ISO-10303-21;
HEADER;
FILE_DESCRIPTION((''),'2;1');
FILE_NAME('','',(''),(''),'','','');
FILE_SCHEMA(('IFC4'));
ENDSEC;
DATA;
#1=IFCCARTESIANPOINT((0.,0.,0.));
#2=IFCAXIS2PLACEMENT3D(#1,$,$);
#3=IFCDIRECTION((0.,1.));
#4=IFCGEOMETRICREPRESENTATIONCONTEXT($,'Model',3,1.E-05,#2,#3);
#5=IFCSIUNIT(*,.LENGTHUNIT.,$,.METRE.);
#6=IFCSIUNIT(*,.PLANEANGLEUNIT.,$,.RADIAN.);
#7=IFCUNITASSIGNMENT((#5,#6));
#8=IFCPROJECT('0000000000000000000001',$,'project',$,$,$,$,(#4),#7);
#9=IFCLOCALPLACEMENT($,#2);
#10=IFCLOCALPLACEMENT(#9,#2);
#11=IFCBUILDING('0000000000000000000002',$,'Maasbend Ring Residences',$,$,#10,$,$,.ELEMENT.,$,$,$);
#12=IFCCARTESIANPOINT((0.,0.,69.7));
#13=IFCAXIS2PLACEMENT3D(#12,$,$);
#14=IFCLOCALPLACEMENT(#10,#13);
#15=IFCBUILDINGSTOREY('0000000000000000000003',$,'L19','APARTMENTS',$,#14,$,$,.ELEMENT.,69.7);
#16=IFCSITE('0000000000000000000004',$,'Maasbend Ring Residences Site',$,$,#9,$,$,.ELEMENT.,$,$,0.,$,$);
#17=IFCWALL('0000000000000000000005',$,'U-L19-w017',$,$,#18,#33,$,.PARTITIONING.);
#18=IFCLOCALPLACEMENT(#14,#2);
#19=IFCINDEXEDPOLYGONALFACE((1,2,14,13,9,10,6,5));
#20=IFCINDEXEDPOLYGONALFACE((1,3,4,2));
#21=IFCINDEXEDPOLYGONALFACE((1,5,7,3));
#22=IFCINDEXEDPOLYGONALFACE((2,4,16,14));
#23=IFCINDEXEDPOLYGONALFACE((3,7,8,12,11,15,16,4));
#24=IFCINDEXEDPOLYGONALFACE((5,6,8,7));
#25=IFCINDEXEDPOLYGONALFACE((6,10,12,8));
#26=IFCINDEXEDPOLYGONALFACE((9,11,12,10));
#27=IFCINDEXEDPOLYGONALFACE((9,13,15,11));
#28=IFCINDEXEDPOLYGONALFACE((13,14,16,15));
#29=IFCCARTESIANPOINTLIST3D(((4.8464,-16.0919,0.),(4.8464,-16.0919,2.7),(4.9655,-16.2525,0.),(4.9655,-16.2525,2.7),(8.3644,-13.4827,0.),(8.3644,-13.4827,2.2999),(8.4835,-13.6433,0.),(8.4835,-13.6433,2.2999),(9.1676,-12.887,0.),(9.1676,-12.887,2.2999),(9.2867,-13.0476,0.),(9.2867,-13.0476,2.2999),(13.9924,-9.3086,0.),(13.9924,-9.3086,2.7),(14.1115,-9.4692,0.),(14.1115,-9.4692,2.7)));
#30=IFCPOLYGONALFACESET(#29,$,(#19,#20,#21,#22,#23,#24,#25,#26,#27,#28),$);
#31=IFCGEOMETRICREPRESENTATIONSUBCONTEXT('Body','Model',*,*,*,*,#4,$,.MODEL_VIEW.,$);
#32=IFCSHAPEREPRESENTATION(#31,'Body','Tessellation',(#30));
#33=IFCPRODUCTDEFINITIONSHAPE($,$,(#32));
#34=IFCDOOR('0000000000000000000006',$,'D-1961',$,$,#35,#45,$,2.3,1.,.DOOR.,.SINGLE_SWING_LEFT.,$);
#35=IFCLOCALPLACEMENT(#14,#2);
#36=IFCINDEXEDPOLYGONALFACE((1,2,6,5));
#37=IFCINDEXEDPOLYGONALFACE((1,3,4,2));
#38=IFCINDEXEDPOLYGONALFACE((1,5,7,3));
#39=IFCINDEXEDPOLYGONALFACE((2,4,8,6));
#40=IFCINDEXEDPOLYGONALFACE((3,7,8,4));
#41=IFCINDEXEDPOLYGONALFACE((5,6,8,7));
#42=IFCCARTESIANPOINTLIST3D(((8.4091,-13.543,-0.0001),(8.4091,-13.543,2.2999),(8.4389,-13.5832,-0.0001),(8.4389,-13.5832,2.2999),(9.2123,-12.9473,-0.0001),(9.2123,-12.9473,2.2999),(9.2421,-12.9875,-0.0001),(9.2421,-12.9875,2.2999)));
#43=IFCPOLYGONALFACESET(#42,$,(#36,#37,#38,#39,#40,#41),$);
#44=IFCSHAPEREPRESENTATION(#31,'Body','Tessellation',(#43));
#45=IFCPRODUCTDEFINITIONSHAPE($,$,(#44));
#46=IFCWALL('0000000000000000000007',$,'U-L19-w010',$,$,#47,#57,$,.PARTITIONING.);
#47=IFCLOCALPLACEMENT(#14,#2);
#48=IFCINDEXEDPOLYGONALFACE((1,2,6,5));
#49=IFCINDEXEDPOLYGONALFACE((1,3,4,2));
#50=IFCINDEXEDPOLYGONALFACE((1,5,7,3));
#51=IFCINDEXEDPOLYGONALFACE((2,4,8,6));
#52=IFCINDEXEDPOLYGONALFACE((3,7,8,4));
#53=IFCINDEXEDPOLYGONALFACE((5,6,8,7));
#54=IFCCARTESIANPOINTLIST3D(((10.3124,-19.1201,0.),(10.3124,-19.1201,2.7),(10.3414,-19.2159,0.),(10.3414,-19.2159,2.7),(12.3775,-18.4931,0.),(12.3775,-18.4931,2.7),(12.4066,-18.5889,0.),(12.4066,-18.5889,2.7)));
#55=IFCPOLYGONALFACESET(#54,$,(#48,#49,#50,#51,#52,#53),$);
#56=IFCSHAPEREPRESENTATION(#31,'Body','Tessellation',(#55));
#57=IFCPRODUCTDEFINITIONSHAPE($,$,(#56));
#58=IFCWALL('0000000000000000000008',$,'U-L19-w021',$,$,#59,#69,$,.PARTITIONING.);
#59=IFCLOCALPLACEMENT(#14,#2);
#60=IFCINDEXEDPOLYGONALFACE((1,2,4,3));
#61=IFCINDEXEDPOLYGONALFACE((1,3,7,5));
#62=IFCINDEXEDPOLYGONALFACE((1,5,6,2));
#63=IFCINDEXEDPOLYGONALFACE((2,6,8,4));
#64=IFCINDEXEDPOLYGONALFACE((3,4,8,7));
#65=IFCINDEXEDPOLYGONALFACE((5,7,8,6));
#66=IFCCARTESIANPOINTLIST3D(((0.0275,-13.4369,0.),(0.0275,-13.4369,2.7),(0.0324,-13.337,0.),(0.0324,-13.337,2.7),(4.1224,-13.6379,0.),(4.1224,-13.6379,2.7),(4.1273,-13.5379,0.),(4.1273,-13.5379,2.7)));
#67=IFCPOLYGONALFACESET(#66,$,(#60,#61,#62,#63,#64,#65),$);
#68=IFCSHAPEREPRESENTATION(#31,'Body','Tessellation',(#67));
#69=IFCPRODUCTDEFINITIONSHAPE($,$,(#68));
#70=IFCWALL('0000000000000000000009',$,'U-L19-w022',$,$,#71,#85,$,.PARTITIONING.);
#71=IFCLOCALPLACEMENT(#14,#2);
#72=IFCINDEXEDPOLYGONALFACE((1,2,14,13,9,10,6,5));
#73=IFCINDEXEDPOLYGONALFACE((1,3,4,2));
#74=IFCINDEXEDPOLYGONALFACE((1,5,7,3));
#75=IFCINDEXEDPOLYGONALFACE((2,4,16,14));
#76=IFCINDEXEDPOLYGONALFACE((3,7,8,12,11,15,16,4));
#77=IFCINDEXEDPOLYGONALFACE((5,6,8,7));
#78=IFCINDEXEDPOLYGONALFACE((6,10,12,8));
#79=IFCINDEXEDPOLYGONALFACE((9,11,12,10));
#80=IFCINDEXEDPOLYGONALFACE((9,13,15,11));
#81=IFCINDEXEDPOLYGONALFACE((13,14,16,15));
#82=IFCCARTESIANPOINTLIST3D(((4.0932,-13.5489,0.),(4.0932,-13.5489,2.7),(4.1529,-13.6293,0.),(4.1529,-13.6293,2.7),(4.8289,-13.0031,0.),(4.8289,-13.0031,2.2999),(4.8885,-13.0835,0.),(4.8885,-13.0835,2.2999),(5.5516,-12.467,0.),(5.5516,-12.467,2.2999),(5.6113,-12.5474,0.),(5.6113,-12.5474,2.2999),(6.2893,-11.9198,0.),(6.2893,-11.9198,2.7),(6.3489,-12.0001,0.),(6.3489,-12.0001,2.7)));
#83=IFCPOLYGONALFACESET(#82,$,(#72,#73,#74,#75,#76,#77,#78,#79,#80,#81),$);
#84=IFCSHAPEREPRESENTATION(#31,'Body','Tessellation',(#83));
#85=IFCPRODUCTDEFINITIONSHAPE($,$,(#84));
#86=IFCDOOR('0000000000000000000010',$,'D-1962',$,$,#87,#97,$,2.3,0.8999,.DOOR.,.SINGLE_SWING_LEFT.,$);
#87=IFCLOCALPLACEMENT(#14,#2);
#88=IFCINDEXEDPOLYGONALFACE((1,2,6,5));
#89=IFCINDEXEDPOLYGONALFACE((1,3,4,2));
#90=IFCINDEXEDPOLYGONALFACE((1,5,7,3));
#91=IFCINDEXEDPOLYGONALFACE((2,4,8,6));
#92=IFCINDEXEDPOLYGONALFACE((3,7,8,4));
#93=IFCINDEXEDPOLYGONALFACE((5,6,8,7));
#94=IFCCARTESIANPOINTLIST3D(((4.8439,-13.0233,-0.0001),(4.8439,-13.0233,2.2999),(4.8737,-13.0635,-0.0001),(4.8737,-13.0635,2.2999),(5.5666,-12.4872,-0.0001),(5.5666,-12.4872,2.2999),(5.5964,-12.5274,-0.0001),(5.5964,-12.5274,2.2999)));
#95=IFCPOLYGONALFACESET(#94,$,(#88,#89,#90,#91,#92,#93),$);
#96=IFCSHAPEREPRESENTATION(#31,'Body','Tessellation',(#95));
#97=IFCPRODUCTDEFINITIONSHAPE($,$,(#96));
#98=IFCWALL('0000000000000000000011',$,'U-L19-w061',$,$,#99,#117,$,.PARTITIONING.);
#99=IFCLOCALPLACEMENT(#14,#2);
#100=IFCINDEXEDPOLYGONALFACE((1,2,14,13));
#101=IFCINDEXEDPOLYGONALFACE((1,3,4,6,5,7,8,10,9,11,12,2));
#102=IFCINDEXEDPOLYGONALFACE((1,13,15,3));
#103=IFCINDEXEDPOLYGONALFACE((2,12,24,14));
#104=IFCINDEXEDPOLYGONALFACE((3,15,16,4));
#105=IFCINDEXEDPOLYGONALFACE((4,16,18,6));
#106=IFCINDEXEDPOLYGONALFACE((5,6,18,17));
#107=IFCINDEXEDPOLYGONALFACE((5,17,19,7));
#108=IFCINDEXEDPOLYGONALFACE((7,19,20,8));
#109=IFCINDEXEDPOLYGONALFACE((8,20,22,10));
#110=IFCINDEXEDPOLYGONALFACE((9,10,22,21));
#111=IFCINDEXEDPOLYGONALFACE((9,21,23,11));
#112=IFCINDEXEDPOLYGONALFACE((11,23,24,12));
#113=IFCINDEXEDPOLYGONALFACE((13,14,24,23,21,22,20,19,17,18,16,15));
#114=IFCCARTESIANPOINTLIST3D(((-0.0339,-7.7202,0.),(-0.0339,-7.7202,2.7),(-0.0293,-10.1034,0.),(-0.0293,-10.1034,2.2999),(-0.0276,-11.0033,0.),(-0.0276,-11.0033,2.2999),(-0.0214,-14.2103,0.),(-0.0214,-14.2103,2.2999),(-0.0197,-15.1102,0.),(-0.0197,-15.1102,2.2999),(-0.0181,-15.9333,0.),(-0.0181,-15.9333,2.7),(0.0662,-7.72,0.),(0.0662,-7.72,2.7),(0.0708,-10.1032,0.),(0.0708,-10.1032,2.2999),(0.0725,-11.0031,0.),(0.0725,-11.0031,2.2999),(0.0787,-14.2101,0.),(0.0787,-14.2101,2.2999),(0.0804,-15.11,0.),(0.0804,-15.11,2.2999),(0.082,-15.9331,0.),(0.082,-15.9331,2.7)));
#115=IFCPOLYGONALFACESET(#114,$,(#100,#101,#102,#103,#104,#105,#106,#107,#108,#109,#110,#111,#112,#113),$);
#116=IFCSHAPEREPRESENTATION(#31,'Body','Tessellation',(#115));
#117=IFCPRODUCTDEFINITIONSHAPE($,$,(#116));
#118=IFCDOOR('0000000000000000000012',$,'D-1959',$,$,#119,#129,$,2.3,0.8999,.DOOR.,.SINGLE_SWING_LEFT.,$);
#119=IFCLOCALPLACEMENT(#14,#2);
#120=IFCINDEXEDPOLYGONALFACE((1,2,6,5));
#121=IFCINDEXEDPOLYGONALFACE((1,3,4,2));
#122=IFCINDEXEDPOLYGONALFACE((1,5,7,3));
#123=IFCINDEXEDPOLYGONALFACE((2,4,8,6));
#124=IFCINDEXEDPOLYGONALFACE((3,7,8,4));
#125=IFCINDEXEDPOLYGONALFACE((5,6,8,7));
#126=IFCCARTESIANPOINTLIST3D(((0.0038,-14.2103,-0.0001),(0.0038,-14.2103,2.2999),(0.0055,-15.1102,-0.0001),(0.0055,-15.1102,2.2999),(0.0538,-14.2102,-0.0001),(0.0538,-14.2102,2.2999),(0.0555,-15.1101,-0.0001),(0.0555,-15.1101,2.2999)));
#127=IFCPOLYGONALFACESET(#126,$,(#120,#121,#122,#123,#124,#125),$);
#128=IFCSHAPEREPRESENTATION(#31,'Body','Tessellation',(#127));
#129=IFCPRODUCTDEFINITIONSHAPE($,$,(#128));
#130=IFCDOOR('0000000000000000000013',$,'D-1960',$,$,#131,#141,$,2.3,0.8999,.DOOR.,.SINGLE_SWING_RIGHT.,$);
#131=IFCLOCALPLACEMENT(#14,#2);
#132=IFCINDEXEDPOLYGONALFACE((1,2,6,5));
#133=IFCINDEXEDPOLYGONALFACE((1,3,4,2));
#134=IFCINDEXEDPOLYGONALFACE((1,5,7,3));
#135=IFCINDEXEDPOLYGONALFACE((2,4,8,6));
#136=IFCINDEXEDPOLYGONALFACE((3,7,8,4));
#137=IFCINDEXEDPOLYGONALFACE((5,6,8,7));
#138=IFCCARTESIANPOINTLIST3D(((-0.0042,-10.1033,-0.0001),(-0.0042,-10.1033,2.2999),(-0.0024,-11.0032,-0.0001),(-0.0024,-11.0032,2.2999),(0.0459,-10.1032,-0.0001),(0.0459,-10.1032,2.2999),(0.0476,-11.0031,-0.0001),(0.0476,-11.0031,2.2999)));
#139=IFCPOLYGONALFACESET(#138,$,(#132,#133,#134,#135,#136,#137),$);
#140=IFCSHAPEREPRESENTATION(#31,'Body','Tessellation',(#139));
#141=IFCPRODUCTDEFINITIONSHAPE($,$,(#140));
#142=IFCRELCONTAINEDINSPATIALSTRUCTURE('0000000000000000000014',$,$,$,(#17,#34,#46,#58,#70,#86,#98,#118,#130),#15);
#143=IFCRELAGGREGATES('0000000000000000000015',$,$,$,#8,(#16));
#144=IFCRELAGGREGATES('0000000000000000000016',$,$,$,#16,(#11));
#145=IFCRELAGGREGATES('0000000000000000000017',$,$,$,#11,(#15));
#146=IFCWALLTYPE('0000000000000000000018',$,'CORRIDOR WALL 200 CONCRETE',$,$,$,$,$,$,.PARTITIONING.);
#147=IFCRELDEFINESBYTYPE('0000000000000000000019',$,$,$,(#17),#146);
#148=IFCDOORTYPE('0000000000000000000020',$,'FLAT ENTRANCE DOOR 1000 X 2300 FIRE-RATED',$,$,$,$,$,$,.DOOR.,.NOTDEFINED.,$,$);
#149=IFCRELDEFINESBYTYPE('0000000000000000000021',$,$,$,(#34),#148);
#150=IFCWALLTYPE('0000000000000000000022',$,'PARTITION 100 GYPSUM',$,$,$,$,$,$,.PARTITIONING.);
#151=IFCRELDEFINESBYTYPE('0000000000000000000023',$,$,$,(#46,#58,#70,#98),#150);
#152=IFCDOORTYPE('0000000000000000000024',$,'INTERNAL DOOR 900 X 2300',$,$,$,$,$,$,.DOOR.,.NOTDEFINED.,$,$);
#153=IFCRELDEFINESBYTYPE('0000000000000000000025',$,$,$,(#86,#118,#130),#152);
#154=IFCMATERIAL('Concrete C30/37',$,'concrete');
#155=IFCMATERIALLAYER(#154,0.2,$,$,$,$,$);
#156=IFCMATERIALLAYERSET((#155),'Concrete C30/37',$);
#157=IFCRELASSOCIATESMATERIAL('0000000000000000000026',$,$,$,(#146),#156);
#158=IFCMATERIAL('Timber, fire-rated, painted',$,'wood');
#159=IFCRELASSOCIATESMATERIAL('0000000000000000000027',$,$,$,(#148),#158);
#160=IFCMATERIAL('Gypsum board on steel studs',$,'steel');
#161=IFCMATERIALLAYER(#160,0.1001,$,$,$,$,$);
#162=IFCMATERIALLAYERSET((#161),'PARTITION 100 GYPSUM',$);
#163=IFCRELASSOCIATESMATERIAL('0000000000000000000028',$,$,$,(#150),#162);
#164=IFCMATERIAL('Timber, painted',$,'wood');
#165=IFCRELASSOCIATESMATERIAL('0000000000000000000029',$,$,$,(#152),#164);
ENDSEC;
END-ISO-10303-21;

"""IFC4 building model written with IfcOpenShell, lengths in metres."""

from ifc_helpers import new_model, si_unit, direction, frame, frame_2d, origin, place, context, subcontext, project, spatial, rectangle, extrude, material, layer, layer_set, type_object, element, fill, save


model = new_model("IFC4")

# Units and contexts
model_context = context("Model", 3, precision=1e-05, world=origin(), true_north=direction((0.0, 1.0)))
body_context = subcontext(model_context, "Body", "Model", "MODEL_VIEW")
ifc_project = project(units=[si_unit("LENGTHUNIT", "METRE"), si_unit("PLANEANGLEUNIT", "RADIAN")], contexts=[model_context])

# Site, building, storey
site_placement = place(None, origin())
site = spatial("IfcSite", under=ifc_project, at=site_placement, Name="Maasbend Ring Residences Site", CompositionType="ELEMENT", RefElevation=0.0)
building_placement = place(site_placement, origin())
building = spatial("IfcBuilding", under=site, at=building_placement, Name="Maasbend Ring Residences", CompositionType="ELEMENT")
storey_placement = place(building_placement, frame((0.0, 0.0, 69.7)))
storey = spatial("IfcBuildingStorey", under=building, at=storey_placement, Name="L19", Description="APARTMENTS", CompositionType="ELEMENT", Elevation=69.7)

# Wall, opening, door
ifc_material_1 = material(Name="Concrete C30/37", Category="concrete")
ifc_layer_1 = layer(ifc_material_1, 0.2)
ifc_layer_set_1 = layer_set([ifc_layer_1], Name="Concrete C30/37")
wall_type_1 = type_object("IfcWallType", Name="CORRIDOR WALL 200 CONCRETE", PredefinedType="PARTITIONING", material=ifc_layer_set_1)
ifc_material_2 = material(Name="Timber, fire-rated, painted", Category="wood")
door_type_1 = type_object("IfcDoorType", Name="FLAT ENTRANCE DOOR 1000 X 2300 FIRE-RATED", OperationType="NOTDEFINED", PredefinedType="DOOR", material=ifc_material_2)
wall_1_placement = place(storey_placement, frame((4.906, -16.1721, 0.0), z_axis=(0.0, 0.0, 1.0), x_axis=(0.803205, 0.595703, 0.0)))
wall_1 = element("IfcWall", 1, at=wall_1_placement, inside=storey, type_object=wall_type_1, Name="U-L19-w017", PredefinedType="PARTITIONING", context=body_context, shape_type="SweptSolid", body=[
    extrude(rectangle(XDim=11.387, YDim=0.2, at=frame_2d((5.6934, 0.0))), origin(), (0.0, 0.0, 1.0), 2.7),
])
opening_1_placement = place(wall_1_placement, frame((4.3799, 0.0, 0.0)))
opening_1 = element("IfcOpeningElement", 2, at=opening_1_placement, cuts=wall_1, PredefinedType="OPENING", context=body_context, shape_type="SweptSolid", body=[
    extrude(rectangle(XDim=1.0, YDim=2.3, at=frame_2d((0.5, 1.1499))), frame((0.0, 0.1099, 0.0), z_axis=(0.0, -1.0, 0.0), x_axis=(1.0, 0.0, 0.0)), (0.0, 0.0, 1.0), 0.22),
])
door_1_placement = place(opening_1_placement, origin())
door_1 = element("IfcDoor", 3, at=door_1_placement, inside=storey, type_object=door_type_1, Name="D-1961", OperationType="SINGLE_SWING_LEFT", OverallHeight=2.3, OverallWidth=1.0, PredefinedType="DOOR", context=body_context, shape_type="SweptSolid", body=[
    extrude(rectangle(XDim=1.0, YDim=2.3, at=frame_2d((0.5, 1.1499))), frame((0.0, 0.0249, 0.0), z_axis=(0.0, -1.0, 0.0), x_axis=(1.0, 0.0, 0.0)), (0.0, 0.0, 1.0), 0.05),
])
fill(opening_1, door_1)

# Walls
ifc_material_3 = material(Name="Gypsum board on steel studs", Category="steel")
ifc_layer_2 = layer(ifc_material_3, 0.1001)
ifc_layer_set_2 = layer_set([ifc_layer_2], Name="PARTITION 100 GYPSUM")
wall_type_2 = type_object("IfcWallType", Name="PARTITION 100 GYPSUM", PredefinedType="PARTITIONING", material=ifc_layer_set_2)
wall_2_placement = place(storey_placement, frame((10.3269, -19.168, 0.0), z_axis=(0.0, 0.0, 1.0), x_axis=(0.956878, 0.290491, 0.0)))
element("IfcWall", 4, at=wall_2_placement, inside=storey, type_object=wall_type_2, Name="U-L19-w010", PredefinedType="PARTITIONING", context=body_context, shape_type="SweptSolid", body=[
    extrude(rectangle(XDim=2.1582, YDim=0.1001, at=frame_2d((1.0791, 0.0))), origin(), (0.0, 0.0, 1.0), 2.7),
])
wall_3_placement = place(storey_placement, frame((0.03, -13.387, 0.0), z_axis=(0.0, 0.0, 1.0), x_axis=(0.998798, -0.049008, 0.0)))
element("IfcWall", 5, at=wall_3_placement, inside=storey, type_object=wall_type_2, Name="U-L19-w021", PredefinedType="PARTITIONING", context=body_context, shape_type="SweptSolid", body=[
    extrude(rectangle(XDim=4.0999, YDim=0.1001, at=frame_2d((2.0498, 0.0))), origin(), (0.0, 0.0, 1.0), 2.7),
])

# Wall, opening, door
wall_4_placement = place(storey_placement, frame((4.123, -13.5891, 0.0), z_axis=(0.0, 0.0, 1.0), x_axis=(0.803128, 0.595806, 0.0)))
wall_4 = element("IfcWall", 6, at=wall_4_placement, inside=storey, type_object=wall_type_2, Name="U-L19-w022", PredefinedType="PARTITIONING", context=body_context, shape_type="SweptSolid", body=[
    extrude(rectangle(XDim=2.7344, YDim=0.1001, at=frame_2d((1.3672, 0.0))), origin(), (0.0, 0.0, 1.0), 2.7),
])
opening_2_placement = place(wall_4_placement, frame((0.916, 0.0, 0.0)))
opening_2 = element("IfcOpeningElement", 7, at=opening_2_placement, cuts=wall_4, PredefinedType="OPENING", context=body_context, shape_type="SweptSolid", body=[
    extrude(rectangle(XDim=0.8999, YDim=2.3, at=frame_2d((0.45, 1.1499))), frame((0.0, 0.0601, 0.0), z_axis=(0.0, -1.0, 0.0), x_axis=(1.0, 0.0, 0.0)), (0.0, 0.0, 1.0), 0.1201),
])
ifc_material_4 = material(Name="Timber, painted", Category="wood")
door_type_2 = type_object("IfcDoorType", Name="INTERNAL DOOR 900 X 2300", OperationType="NOTDEFINED", PredefinedType="DOOR", material=ifc_material_4)
door_2_placement = place(opening_2_placement, origin())
door_2 = element("IfcDoor", 8, at=door_2_placement, inside=storey, type_object=door_type_2, Name="D-1962", OperationType="SINGLE_SWING_LEFT", OverallHeight=2.3, OverallWidth=0.8999, PredefinedType="DOOR", context=body_context, shape_type="SweptSolid", body=[
    extrude(rectangle(XDim=0.8999, YDim=2.3, at=frame_2d((0.45, 1.1499))), frame((0.0, 0.0249, 0.0), z_axis=(0.0, -1.0, 0.0), x_axis=(1.0, 0.0, 0.0)), (0.0, 0.0, 1.0), 0.05),
])
fill(opening_2, door_2)

# Wall, openings, doors
wall_5_placement = place(storey_placement, frame((0.032, -15.9331, 0.0), z_axis=(0.0, 0.0, 1.0), x_axis=(-0.001932, 0.999998, 0.0)))
wall_5 = element("IfcWall", 9, at=wall_5_placement, inside=storey, type_object=wall_type_2, Name="U-L19-w061", PredefinedType="PARTITIONING", context=body_context, shape_type="SweptSolid", body=[
    extrude(rectangle(XDim=8.2131, YDim=0.1001, at=frame_2d((4.1064, 0.0))), origin(), (0.0, 0.0, 1.0), 2.7),
])
opening_3_placement = place(wall_5_placement, frame((0.823, 0.0, 0.0)))
opening_3 = element("IfcOpeningElement", 10, at=opening_3_placement, cuts=wall_5, PredefinedType="OPENING", context=body_context, shape_type="SweptSolid", body=[
    extrude(rectangle(XDim=0.8999, YDim=2.3, at=frame_2d((0.45, 1.1499))), frame((0.0, 0.0601, 0.0), z_axis=(0.0, -1.0, 0.0), x_axis=(1.0, 0.0, 0.0)), (0.0, 0.0, 1.0), 0.1201),
])
opening_4_placement = place(wall_5_placement, frame((4.9299, 0.0, 0.0)))
opening_4 = element("IfcOpeningElement", 11, at=opening_4_placement, cuts=wall_5, PredefinedType="OPENING", context=body_context, shape_type="SweptSolid", body=[
    extrude(rectangle(XDim=0.8999, YDim=2.3, at=frame_2d((0.45, 1.1499))), frame((0.0, 0.0601, 0.0), z_axis=(0.0, -1.0, 0.0), x_axis=(1.0, 0.0, 0.0)), (0.0, 0.0, 1.0), 0.1201),
])
door_3_placement = place(opening_3_placement, origin())
door_3 = element("IfcDoor", 12, at=door_3_placement, inside=storey, type_object=door_type_2, Name="D-1959", OperationType="SINGLE_SWING_LEFT", OverallHeight=2.3, OverallWidth=0.8999, PredefinedType="DOOR", context=body_context, shape_type="SweptSolid", body=[
    extrude(rectangle(XDim=0.8999, YDim=2.3, at=frame_2d((0.45, 1.1499))), frame((0.0, 0.0249, 0.0), z_axis=(0.0, -1.0, 0.0), x_axis=(1.0, 0.0, 0.0)), (0.0, 0.0, 1.0), 0.05),
])
fill(opening_3, door_3)
door_4_placement = place(opening_4_placement, origin())
door_4 = element("IfcDoor", 13, at=door_4_placement, inside=storey, type_object=door_type_2, Name="D-1960", OperationType="SINGLE_SWING_RIGHT", OverallHeight=2.3, OverallWidth=0.8999, PredefinedType="DOOR", context=body_context, shape_type="SweptSolid", body=[
    extrude(rectangle(XDim=0.8999, YDim=2.3, at=frame_2d((0.45, 1.1499))), frame((0.0, 0.0249, 0.0), z_axis=(0.0, -1.0, 0.0), x_axis=(1.0, 0.0, 0.0)), (0.0, 0.0, 1.0), 0.05),
])
fill(opening_4, door_4)

save(model, "model.ifc")
